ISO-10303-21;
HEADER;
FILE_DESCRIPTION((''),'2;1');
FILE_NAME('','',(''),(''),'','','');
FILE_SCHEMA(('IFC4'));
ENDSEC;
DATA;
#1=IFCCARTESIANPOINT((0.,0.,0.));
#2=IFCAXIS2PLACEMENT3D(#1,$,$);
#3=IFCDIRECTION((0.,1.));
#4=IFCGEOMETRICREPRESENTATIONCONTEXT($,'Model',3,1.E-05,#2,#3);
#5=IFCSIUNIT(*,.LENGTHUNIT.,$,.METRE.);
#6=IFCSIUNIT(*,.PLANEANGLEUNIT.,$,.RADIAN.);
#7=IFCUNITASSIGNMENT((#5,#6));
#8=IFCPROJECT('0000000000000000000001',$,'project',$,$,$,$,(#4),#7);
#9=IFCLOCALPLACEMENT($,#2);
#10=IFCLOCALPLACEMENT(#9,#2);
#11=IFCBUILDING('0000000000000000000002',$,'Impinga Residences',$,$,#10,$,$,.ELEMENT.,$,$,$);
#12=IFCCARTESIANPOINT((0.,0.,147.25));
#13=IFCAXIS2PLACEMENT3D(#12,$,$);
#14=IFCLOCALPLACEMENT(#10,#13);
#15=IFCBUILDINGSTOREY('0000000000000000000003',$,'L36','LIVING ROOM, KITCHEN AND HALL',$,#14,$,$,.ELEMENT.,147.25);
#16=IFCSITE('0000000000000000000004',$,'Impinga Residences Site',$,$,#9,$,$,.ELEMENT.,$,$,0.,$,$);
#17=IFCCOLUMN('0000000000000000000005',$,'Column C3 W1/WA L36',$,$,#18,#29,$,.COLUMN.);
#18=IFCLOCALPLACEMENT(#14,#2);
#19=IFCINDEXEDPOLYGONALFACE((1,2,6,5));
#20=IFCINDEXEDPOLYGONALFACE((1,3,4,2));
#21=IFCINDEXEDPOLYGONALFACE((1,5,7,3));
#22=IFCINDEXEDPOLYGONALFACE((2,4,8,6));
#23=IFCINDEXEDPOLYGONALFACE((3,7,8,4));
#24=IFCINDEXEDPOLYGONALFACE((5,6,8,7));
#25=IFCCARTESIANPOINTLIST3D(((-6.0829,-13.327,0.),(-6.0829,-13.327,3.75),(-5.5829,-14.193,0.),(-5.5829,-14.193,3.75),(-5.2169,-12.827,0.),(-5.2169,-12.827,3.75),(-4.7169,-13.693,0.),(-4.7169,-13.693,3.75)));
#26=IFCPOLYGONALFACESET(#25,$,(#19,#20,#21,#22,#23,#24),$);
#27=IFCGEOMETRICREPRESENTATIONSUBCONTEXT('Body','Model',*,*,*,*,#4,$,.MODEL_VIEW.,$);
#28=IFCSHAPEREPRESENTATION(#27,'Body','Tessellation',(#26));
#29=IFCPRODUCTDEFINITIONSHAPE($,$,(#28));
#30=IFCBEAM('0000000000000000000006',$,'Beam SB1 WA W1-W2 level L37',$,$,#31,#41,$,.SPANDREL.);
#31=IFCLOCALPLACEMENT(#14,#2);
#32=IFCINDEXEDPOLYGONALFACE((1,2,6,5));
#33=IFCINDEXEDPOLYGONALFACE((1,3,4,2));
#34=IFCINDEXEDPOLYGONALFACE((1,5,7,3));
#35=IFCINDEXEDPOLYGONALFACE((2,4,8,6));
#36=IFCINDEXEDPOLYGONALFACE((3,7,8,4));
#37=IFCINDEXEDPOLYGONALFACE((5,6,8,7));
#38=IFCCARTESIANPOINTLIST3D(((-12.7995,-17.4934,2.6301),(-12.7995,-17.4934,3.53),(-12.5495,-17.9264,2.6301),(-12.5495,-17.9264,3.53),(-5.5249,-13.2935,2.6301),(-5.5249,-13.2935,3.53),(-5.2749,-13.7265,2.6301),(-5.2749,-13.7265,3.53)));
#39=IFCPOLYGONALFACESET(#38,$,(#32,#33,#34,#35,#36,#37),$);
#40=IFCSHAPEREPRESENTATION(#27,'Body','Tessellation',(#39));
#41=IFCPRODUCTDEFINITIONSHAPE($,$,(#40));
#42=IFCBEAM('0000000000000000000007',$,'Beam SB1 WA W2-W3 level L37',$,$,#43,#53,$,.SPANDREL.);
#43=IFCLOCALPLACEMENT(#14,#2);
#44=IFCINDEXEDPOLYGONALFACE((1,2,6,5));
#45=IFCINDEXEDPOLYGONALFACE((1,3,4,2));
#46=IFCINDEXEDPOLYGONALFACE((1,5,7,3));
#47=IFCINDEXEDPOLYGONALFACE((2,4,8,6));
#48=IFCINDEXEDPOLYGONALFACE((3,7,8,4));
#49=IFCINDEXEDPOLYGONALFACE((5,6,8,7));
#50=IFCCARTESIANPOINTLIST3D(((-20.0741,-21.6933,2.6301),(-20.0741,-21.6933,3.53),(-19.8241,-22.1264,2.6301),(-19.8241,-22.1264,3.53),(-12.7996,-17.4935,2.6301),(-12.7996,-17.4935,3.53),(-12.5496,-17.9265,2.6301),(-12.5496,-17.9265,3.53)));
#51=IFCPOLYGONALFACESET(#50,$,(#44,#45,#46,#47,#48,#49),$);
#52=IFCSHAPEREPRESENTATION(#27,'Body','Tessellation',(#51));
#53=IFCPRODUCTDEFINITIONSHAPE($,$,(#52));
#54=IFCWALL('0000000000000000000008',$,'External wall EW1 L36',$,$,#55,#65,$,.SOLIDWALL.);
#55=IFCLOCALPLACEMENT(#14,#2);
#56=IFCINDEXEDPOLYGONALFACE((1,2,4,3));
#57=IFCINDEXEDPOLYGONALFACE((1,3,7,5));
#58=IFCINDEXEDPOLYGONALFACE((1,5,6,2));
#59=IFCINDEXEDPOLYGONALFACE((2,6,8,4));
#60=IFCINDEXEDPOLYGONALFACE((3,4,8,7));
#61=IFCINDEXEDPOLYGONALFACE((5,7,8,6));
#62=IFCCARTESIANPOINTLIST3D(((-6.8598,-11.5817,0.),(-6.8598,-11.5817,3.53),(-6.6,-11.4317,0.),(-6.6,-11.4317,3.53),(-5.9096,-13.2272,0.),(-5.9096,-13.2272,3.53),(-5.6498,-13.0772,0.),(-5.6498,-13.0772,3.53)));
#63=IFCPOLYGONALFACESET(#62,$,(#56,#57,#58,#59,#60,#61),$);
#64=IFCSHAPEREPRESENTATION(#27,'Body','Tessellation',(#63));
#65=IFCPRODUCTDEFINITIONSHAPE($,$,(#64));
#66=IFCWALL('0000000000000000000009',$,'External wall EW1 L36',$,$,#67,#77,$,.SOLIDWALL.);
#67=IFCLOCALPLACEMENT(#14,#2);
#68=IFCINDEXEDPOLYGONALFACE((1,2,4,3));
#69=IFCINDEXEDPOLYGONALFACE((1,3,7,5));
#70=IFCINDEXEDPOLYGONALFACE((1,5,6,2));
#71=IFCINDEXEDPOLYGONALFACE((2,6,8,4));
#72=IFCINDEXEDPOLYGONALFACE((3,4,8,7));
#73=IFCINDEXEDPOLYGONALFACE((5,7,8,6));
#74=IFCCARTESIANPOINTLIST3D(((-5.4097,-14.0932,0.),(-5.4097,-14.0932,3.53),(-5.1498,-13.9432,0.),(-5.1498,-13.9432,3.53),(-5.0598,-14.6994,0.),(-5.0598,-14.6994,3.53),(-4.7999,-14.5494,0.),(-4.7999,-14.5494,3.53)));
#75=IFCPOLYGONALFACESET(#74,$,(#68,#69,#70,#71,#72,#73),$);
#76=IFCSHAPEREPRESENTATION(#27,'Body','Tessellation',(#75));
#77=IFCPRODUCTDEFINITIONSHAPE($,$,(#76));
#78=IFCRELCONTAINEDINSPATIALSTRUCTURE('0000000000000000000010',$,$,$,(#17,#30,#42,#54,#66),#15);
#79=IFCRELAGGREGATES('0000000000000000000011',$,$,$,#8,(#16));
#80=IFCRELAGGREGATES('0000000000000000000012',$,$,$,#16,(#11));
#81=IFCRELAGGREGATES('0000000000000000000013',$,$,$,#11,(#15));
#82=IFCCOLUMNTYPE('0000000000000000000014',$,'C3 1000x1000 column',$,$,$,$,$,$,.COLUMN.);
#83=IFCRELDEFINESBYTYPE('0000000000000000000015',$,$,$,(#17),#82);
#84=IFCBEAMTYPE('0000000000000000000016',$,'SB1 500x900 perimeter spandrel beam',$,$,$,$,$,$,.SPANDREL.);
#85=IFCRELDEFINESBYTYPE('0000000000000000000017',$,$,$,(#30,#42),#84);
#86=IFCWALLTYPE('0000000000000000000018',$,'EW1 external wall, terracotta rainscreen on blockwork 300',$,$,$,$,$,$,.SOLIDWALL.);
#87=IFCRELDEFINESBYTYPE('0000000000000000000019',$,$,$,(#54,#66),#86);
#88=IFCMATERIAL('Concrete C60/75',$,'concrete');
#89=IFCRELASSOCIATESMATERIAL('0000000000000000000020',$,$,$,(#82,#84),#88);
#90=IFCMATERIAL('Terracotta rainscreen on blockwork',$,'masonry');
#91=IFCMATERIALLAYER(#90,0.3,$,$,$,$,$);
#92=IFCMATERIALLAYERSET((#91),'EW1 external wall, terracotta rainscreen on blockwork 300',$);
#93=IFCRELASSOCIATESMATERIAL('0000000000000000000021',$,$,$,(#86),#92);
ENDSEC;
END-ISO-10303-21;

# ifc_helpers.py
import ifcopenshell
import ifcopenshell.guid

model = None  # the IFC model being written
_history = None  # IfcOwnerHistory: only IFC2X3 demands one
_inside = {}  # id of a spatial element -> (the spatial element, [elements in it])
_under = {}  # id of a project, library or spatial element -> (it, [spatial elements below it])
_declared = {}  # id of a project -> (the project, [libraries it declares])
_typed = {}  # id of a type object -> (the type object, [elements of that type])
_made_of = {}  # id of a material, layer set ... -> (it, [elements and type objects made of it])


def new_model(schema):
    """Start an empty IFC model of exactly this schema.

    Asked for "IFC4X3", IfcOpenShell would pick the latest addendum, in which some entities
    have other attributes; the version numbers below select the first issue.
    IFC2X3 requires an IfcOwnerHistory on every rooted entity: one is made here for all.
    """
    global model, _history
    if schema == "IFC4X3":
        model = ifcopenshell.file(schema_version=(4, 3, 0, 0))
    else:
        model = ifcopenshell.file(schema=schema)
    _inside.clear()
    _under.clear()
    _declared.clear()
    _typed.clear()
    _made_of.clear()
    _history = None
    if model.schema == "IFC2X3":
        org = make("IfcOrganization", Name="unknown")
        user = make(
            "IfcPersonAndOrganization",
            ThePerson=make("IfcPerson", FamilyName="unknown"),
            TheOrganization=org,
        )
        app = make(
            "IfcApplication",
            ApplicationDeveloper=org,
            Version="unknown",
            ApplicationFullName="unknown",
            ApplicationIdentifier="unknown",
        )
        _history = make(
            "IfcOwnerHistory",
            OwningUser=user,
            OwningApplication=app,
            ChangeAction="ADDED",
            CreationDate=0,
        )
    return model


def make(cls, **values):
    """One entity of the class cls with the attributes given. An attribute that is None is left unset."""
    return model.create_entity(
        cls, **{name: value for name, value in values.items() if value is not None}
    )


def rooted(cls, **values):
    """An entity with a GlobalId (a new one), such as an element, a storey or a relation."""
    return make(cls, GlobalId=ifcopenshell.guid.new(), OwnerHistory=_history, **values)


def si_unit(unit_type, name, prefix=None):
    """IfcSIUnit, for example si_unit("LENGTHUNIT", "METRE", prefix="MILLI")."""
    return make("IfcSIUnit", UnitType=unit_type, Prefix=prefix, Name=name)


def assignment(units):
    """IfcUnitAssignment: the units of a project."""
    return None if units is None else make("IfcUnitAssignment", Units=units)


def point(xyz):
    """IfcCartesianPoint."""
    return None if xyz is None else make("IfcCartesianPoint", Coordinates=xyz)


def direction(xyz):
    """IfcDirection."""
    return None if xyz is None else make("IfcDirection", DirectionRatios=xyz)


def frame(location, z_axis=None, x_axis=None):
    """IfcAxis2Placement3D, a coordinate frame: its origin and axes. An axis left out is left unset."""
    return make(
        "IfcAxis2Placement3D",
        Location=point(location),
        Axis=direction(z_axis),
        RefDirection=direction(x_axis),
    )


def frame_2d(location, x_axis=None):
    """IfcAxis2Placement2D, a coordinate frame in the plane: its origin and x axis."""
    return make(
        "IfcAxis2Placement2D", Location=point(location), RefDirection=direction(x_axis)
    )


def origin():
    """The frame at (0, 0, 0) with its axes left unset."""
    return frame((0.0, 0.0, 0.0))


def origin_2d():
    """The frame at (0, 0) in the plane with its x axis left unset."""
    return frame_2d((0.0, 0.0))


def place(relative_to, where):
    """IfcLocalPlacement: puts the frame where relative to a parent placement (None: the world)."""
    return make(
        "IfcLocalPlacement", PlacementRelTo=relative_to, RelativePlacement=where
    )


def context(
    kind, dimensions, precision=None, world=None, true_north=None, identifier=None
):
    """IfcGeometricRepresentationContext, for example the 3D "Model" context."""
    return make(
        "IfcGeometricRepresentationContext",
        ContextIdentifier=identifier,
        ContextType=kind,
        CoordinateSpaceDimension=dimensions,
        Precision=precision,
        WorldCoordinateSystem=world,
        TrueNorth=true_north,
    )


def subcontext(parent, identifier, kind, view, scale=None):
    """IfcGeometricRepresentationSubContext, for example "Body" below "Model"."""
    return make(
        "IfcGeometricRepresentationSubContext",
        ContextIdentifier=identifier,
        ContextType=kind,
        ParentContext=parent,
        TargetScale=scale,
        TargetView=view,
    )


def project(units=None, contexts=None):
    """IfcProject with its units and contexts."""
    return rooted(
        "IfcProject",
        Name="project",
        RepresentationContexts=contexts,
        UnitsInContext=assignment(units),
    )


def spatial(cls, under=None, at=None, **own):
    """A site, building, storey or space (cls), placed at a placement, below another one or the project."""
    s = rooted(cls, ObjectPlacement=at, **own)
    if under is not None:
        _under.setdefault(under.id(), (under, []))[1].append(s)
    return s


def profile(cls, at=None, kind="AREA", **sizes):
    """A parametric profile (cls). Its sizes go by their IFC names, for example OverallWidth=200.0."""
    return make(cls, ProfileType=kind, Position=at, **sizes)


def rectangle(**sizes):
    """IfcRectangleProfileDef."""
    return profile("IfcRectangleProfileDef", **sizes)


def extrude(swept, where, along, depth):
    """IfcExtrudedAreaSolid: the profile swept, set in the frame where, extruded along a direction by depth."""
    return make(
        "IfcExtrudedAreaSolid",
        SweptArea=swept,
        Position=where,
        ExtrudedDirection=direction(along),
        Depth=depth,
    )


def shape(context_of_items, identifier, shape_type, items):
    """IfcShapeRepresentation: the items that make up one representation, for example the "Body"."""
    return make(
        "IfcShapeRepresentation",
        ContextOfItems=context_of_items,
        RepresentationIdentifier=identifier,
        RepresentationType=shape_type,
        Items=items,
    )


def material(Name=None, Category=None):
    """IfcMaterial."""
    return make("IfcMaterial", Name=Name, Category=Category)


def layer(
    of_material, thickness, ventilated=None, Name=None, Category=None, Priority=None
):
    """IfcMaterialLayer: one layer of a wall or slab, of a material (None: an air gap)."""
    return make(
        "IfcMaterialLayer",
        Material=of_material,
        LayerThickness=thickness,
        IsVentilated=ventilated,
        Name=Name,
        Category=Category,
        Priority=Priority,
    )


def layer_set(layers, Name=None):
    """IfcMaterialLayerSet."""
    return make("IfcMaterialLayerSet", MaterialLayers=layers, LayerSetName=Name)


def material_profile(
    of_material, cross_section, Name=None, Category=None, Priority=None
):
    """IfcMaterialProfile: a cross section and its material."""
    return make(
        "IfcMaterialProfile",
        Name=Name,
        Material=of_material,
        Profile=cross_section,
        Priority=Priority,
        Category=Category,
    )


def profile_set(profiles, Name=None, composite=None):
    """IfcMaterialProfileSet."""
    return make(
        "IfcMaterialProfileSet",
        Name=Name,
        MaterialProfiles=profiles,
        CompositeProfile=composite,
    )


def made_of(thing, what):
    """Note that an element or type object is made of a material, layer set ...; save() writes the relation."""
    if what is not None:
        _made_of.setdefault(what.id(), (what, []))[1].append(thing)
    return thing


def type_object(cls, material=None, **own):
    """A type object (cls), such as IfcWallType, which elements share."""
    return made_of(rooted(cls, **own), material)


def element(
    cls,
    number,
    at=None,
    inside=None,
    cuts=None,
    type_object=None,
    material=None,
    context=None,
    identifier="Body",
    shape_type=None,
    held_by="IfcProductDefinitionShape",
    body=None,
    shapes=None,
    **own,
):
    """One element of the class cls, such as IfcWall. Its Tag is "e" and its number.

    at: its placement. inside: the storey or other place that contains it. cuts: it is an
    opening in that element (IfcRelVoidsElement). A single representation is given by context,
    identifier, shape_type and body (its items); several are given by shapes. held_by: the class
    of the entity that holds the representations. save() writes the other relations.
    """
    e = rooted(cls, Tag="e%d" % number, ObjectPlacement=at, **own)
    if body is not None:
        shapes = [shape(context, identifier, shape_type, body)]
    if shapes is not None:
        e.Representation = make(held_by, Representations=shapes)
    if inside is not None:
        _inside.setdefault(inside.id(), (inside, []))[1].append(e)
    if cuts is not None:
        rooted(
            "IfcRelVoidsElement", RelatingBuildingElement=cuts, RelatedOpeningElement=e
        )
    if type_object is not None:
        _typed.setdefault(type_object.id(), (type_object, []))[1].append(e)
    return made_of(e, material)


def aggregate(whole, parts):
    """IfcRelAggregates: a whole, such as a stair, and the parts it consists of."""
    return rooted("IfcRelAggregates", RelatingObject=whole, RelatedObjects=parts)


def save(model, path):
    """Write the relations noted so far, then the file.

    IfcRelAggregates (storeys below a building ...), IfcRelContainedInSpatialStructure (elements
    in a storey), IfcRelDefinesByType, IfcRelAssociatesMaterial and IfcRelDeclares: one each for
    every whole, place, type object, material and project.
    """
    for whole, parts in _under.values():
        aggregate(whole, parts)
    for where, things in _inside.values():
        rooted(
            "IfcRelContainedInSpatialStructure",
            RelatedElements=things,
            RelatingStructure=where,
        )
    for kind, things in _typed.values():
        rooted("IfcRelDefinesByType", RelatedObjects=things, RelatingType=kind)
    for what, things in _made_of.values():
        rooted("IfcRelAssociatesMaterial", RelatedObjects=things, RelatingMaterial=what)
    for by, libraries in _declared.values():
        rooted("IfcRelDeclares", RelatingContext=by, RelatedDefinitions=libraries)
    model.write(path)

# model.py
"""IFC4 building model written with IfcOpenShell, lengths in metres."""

from ifc_helpers import new_model, si_unit, direction, frame, frame_2d, origin, origin_2d, place, context, subcontext, project, spatial, rectangle, extrude, material, layer, layer_set, material_profile, profile_set, type_object, element, save


model = new_model("IFC4")

# Units and contexts
model_context = context("Model", 3, precision=1e-05, world=origin(), true_north=direction((0.0, 1.0)))
body_context = subcontext(model_context, "Body", "Model", "MODEL_VIEW")
ifc_project = project(units=[si_unit("LENGTHUNIT", "METRE"), si_unit("PLANEANGLEUNIT", "RADIAN")], contexts=[model_context])

# Site, building, storey
site_placement = place(None, origin())
site = spatial("IfcSite", under=ifc_project, at=site_placement, Name="Impinga Residences Site", CompositionType="ELEMENT", RefElevation=0.0)
building_placement = place(site_placement, origin())
building = spatial("IfcBuilding", under=site, at=building_placement, Name="Impinga Residences", CompositionType="ELEMENT")
storey_placement = place(building_placement, frame((0.0, 0.0, 147.25)))
storey = spatial("IfcBuildingStorey", under=building, at=storey_placement, Name="L36", Description="LIVING ROOM, KITCHEN AND HALL", CompositionType="ELEMENT", Elevation=147.25)

# Column
ifc_material_1 = material(Name="Concrete C60/75", Category="concrete")
ifc_material_profile_1 = material_profile(ifc_material_1, rectangle(XDim=1.0, YDim=1.0, at=origin_2d()), Name="RC 1000x1000")
ifc_profile_set_1 = profile_set([ifc_material_profile_1], Name="Concrete C60/75")
column_type = type_object("IfcColumnType", Name="C3 1000x1000 column", PredefinedType="COLUMN", material=ifc_profile_set_1)
column_placement = place(storey_placement, frame((-5.3999, -13.51, 0.0), z_axis=(0.0, 0.0, 1.0), x_axis=(-0.5, 0.866025, 0.0)))
element("IfcColumn", 1, at=column_placement, inside=storey, type_object=column_type, Name="Column C3 W1/WA L36", PredefinedType="COLUMN", context=body_context, shape_type="SweptSolid", body=[
    extrude(rectangle(XDim=1.0, YDim=1.0, at=origin_2d()), origin(), (0.0, 0.0, 1.0), 3.75),
])

# Beams
ifc_material_profile_2 = material_profile(ifc_material_1, rectangle(XDim=0.5, YDim=0.8999, at=origin_2d()), Name="RC 500x900")
ifc_profile_set_2 = profile_set([ifc_material_profile_2], Name="Concrete C60/75")
beam_type = type_object("IfcBeamType", Name="SB1 500x900 perimeter spandrel beam", PredefinedType="SPANDREL", material=ifc_profile_set_2)
for number, where, z_axis, x_axis, name in (
    (2, (-5.3999, -13.51, 3.0801), (-0.866029, -0.499993, 0.0), (0.499993, -0.866029, 0.0), "Beam SB1 WA W1-W2 level L37"),
    (3, (-12.6746, -17.71, 3.0801), (-0.866029, -0.499993, 0.0), (0.499993, -0.866029, 0.0), "Beam SB1 WA W2-W3 level L37"),
):
    element("IfcBeam", number, at=place(storey_placement, frame(where, z_axis=z_axis, x_axis=x_axis)), inside=storey, type_object=beam_type, Name=name, PredefinedType="SPANDREL", context=body_context, shape_type="SweptSolid", body=[
        extrude(rectangle(XDim=0.5, YDim=0.8999, at=origin_2d()), origin(), (0.0, 0.0, 1.0), 8.3999),
    ])

# Walls
ifc_material_2 = material(Name="Terracotta rainscreen on blockwork", Category="masonry")
ifc_layer_1 = layer(ifc_material_2, 0.3)
ifc_layer_set_1 = layer_set([ifc_layer_1], Name="EW1 external wall, terracotta rainscreen on blockwork 300")
wall_type_1 = type_object("IfcWallType", Name="EW1 external wall, terracotta rainscreen on blockwork 300", PredefinedType="SOLIDWALL", material=ifc_layer_set_1)
wall_1_placement = place(storey_placement, frame((-6.73, -11.5066, 0.0), z_axis=(0.0, 0.0, 1.0), x_axis=(0.500064, -0.865989, 0.0)))
element("IfcWall", 4, at=wall_1_placement, inside=storey, type_object=wall_type_1, Name="External wall EW1 L36", PredefinedType="SOLIDWALL", context=body_context, shape_type="SweptSolid", body=[
    extrude(rectangle(XDim=1.9001, YDim=0.3, at=frame_2d((0.9502, 0.0))), origin(), (0.0, 0.0, 1.0), 3.53),
])
wall_2_placement = place(storey_placement, frame((-5.2798, -14.0181, 0.0), z_axis=(0.0, 0.0, 1.0), x_axis=(0.499853, -0.86611, 0.0)))
element("IfcWall", 5, at=wall_2_placement, inside=storey, type_object=wall_type_1, Name="External wall EW1 L36", PredefinedType="SOLIDWALL", context=body_context, shape_type="SweptSolid", body=[
    extrude(rectangle(XDim=0.7, YDim=0.3, at=frame_2d((0.3501, 0.0))), origin(), (0.0, 0.0, 1.0), 3.53),
])

save(model, "model.ifc")
